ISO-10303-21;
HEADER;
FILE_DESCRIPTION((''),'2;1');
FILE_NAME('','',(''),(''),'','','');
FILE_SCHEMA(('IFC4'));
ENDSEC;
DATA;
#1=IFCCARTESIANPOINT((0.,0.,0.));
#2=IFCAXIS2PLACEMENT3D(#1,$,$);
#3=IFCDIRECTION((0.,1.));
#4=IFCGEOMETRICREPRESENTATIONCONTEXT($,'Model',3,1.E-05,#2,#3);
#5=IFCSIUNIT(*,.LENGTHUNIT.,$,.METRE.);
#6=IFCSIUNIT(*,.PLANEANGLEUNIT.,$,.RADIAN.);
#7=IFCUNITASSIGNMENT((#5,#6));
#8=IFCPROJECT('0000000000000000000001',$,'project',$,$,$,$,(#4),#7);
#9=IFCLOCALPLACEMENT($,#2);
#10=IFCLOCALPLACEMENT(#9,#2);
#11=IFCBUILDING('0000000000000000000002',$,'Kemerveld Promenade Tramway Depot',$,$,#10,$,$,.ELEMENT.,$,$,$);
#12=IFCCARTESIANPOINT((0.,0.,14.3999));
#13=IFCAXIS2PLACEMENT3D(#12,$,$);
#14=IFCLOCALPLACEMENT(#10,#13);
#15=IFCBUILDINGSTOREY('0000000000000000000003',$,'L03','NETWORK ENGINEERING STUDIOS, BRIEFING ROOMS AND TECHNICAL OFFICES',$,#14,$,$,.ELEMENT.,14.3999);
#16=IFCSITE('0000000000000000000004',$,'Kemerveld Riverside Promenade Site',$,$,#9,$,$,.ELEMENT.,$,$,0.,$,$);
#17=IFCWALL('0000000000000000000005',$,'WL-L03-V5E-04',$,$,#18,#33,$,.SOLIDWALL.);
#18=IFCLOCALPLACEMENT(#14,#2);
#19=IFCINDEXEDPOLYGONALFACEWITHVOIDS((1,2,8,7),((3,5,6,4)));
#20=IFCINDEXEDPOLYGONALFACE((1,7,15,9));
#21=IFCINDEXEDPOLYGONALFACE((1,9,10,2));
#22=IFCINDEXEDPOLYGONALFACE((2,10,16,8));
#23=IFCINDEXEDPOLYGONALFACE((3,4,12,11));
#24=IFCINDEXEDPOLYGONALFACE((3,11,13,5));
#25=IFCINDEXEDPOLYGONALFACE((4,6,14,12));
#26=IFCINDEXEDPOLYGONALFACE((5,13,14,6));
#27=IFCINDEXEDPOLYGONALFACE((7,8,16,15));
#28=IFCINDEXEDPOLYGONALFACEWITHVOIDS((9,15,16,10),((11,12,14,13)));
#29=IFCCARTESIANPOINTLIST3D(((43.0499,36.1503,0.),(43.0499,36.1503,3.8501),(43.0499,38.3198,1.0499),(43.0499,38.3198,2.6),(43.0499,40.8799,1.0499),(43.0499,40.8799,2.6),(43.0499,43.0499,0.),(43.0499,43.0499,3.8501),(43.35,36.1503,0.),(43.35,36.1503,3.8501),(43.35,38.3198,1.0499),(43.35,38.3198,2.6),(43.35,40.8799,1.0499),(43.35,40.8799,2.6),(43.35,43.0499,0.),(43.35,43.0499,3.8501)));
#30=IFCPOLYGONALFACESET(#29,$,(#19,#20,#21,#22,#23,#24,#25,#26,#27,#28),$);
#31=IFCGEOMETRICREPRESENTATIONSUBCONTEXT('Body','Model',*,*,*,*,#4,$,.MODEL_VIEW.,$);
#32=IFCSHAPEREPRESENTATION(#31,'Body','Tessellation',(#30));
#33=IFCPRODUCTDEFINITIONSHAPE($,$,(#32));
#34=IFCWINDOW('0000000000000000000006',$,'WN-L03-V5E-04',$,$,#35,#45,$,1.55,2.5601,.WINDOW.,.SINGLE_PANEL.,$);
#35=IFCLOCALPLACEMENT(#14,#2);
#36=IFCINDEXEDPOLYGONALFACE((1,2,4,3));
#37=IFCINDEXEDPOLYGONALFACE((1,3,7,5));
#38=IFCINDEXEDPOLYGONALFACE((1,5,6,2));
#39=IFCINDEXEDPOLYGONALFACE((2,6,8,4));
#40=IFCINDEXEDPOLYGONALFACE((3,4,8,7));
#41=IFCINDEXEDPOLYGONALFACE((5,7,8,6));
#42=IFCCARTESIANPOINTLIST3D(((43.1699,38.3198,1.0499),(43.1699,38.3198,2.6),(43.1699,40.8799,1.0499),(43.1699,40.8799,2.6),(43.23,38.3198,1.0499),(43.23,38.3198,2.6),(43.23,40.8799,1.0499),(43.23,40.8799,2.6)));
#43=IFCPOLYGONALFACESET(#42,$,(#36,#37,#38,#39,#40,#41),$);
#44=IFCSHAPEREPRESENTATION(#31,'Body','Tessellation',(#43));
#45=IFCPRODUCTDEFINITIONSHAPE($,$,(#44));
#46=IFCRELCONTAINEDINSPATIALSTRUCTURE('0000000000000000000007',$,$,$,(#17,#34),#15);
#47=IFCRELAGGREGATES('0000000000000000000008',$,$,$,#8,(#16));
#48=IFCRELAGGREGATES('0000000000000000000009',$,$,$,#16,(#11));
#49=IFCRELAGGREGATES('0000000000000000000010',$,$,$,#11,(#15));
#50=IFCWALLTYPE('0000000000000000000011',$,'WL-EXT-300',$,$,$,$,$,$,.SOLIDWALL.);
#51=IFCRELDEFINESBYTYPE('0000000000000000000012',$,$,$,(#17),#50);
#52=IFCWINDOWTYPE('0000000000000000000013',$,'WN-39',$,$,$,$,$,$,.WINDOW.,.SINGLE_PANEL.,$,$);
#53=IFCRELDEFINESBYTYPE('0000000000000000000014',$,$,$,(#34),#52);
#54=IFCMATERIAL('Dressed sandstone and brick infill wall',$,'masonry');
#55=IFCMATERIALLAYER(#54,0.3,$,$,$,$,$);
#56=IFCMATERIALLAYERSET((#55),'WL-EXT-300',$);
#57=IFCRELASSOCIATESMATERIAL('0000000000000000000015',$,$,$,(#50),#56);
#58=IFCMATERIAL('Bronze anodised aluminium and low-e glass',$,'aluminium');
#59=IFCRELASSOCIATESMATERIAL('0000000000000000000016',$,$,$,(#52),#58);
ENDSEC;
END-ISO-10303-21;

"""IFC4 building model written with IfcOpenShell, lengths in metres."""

from ifc_helpers import new_model, si_unit, direction, frame, frame_2d, origin, place, context, subcontext, project, spatial, rectangle, extrude, material, layer, layer_set, type_object, element, fill, save


model = new_model("IFC4")

# Units and contexts
model_context = context("Model", 3, precision=1e-05, world=origin(), true_north=direction((0.0, 1.0)))
body_context = subcontext(model_context, "Body", "Model", "MODEL_VIEW")
ifc_project = project(units=[si_unit("LENGTHUNIT", "METRE"), si_unit("PLANEANGLEUNIT", "RADIAN")], contexts=[model_context])

# Site, building, storey
site_placement = place(None, origin())
site = spatial("IfcSite", under=ifc_project, at=site_placement, Name="Kemerveld Riverside Promenade Site", CompositionType="ELEMENT", RefElevation=0.0)
building_placement = place(site_placement, origin())
building = spatial("IfcBuilding", under=site, at=building_placement, Name="Kemerveld Promenade Tramway Depot", CompositionType="ELEMENT")
storey_placement = place(building_placement, frame((0.0, 0.0, 14.3999)))
storey = spatial("IfcBuildingStorey", under=building, at=storey_placement, Name="L03", Description="NETWORK ENGINEERING STUDIOS, BRIEFING ROOMS AND TECHNICAL OFFICES", CompositionType="ELEMENT", Elevation=14.3999)

# Wall, opening, window
ifc_material_1 = material(Name="Dressed sandstone and brick infill wall", Category="masonry")
ifc_layer_1 = layer(ifc_material_1, 0.3)
ifc_layer_set_1 = layer_set([ifc_layer_1], Name="WL-EXT-300")
wall_type = type_object("IfcWallType", Name="WL-EXT-300", PredefinedType="SOLIDWALL", material=ifc_layer_set_1)
wall_placement = place(storey_placement, frame((43.2, 43.0498, 0.0), z_axis=(0.0, 0.0, 1.0), x_axis=(0.0, -1.0, 0.0)))
wall = element("IfcWall", 1, at=wall_placement, inside=storey, type_object=wall_type, Name="WL-L03-V5E-04", PredefinedType="SOLIDWALL", context=body_context, shape_type="SweptSolid", body=[
    extrude(rectangle(XDim=6.8997, YDim=0.3, at=frame_2d((3.4497, 0.0))), origin(), (0.0, 0.0, 1.0), 3.8501),
])
opening_placement = place(wall_placement, frame((2.1699, 0.0, 1.05)))
opening = element("IfcOpeningElement", 2, at=opening_placement, cuts=wall, PredefinedType="OPENING", context=body_context, shape_type="SweptSolid", body=[
    extrude(rectangle(XDim=2.5601, YDim=1.55, at=frame_2d((1.28, 0.7749))), frame((0.0, 0.1599, 0.0), z_axis=(0.0, -1.0, 0.0), x_axis=(1.0, 0.0, 0.0)), (0.0, 0.0, 1.0), 0.3201),
])
ifc_material_2 = material(Name="Bronze anodised aluminium and low-e glass", Category="aluminium")
window_type = type_object("IfcWindowType", Name="WN-39", PartitioningType="SINGLE_PANEL", PredefinedType="WINDOW", material=ifc_material_2)
window_placement = place(opening_placement, origin())
window = element("IfcWindow", 3, at=window_placement, inside=storey, type_object=window_type, Name="WN-L03-V5E-04", OverallHeight=1.55, OverallWidth=2.5601, PartitioningType="SINGLE_PANEL", PredefinedType="WINDOW", context=body_context, shape_type="SweptSolid", body=[
    extrude(rectangle(XDim=2.5601, YDim=1.55, at=frame_2d((1.28, 0.7749))), frame((0.0, 0.03, 0.0), z_axis=(0.0, -1.0, 0.0), x_axis=(1.0, 0.0, 0.0)), (0.0, 0.0, 1.0), 0.0601),
])
fill(opening, window)

save(model, "model.ifc")
